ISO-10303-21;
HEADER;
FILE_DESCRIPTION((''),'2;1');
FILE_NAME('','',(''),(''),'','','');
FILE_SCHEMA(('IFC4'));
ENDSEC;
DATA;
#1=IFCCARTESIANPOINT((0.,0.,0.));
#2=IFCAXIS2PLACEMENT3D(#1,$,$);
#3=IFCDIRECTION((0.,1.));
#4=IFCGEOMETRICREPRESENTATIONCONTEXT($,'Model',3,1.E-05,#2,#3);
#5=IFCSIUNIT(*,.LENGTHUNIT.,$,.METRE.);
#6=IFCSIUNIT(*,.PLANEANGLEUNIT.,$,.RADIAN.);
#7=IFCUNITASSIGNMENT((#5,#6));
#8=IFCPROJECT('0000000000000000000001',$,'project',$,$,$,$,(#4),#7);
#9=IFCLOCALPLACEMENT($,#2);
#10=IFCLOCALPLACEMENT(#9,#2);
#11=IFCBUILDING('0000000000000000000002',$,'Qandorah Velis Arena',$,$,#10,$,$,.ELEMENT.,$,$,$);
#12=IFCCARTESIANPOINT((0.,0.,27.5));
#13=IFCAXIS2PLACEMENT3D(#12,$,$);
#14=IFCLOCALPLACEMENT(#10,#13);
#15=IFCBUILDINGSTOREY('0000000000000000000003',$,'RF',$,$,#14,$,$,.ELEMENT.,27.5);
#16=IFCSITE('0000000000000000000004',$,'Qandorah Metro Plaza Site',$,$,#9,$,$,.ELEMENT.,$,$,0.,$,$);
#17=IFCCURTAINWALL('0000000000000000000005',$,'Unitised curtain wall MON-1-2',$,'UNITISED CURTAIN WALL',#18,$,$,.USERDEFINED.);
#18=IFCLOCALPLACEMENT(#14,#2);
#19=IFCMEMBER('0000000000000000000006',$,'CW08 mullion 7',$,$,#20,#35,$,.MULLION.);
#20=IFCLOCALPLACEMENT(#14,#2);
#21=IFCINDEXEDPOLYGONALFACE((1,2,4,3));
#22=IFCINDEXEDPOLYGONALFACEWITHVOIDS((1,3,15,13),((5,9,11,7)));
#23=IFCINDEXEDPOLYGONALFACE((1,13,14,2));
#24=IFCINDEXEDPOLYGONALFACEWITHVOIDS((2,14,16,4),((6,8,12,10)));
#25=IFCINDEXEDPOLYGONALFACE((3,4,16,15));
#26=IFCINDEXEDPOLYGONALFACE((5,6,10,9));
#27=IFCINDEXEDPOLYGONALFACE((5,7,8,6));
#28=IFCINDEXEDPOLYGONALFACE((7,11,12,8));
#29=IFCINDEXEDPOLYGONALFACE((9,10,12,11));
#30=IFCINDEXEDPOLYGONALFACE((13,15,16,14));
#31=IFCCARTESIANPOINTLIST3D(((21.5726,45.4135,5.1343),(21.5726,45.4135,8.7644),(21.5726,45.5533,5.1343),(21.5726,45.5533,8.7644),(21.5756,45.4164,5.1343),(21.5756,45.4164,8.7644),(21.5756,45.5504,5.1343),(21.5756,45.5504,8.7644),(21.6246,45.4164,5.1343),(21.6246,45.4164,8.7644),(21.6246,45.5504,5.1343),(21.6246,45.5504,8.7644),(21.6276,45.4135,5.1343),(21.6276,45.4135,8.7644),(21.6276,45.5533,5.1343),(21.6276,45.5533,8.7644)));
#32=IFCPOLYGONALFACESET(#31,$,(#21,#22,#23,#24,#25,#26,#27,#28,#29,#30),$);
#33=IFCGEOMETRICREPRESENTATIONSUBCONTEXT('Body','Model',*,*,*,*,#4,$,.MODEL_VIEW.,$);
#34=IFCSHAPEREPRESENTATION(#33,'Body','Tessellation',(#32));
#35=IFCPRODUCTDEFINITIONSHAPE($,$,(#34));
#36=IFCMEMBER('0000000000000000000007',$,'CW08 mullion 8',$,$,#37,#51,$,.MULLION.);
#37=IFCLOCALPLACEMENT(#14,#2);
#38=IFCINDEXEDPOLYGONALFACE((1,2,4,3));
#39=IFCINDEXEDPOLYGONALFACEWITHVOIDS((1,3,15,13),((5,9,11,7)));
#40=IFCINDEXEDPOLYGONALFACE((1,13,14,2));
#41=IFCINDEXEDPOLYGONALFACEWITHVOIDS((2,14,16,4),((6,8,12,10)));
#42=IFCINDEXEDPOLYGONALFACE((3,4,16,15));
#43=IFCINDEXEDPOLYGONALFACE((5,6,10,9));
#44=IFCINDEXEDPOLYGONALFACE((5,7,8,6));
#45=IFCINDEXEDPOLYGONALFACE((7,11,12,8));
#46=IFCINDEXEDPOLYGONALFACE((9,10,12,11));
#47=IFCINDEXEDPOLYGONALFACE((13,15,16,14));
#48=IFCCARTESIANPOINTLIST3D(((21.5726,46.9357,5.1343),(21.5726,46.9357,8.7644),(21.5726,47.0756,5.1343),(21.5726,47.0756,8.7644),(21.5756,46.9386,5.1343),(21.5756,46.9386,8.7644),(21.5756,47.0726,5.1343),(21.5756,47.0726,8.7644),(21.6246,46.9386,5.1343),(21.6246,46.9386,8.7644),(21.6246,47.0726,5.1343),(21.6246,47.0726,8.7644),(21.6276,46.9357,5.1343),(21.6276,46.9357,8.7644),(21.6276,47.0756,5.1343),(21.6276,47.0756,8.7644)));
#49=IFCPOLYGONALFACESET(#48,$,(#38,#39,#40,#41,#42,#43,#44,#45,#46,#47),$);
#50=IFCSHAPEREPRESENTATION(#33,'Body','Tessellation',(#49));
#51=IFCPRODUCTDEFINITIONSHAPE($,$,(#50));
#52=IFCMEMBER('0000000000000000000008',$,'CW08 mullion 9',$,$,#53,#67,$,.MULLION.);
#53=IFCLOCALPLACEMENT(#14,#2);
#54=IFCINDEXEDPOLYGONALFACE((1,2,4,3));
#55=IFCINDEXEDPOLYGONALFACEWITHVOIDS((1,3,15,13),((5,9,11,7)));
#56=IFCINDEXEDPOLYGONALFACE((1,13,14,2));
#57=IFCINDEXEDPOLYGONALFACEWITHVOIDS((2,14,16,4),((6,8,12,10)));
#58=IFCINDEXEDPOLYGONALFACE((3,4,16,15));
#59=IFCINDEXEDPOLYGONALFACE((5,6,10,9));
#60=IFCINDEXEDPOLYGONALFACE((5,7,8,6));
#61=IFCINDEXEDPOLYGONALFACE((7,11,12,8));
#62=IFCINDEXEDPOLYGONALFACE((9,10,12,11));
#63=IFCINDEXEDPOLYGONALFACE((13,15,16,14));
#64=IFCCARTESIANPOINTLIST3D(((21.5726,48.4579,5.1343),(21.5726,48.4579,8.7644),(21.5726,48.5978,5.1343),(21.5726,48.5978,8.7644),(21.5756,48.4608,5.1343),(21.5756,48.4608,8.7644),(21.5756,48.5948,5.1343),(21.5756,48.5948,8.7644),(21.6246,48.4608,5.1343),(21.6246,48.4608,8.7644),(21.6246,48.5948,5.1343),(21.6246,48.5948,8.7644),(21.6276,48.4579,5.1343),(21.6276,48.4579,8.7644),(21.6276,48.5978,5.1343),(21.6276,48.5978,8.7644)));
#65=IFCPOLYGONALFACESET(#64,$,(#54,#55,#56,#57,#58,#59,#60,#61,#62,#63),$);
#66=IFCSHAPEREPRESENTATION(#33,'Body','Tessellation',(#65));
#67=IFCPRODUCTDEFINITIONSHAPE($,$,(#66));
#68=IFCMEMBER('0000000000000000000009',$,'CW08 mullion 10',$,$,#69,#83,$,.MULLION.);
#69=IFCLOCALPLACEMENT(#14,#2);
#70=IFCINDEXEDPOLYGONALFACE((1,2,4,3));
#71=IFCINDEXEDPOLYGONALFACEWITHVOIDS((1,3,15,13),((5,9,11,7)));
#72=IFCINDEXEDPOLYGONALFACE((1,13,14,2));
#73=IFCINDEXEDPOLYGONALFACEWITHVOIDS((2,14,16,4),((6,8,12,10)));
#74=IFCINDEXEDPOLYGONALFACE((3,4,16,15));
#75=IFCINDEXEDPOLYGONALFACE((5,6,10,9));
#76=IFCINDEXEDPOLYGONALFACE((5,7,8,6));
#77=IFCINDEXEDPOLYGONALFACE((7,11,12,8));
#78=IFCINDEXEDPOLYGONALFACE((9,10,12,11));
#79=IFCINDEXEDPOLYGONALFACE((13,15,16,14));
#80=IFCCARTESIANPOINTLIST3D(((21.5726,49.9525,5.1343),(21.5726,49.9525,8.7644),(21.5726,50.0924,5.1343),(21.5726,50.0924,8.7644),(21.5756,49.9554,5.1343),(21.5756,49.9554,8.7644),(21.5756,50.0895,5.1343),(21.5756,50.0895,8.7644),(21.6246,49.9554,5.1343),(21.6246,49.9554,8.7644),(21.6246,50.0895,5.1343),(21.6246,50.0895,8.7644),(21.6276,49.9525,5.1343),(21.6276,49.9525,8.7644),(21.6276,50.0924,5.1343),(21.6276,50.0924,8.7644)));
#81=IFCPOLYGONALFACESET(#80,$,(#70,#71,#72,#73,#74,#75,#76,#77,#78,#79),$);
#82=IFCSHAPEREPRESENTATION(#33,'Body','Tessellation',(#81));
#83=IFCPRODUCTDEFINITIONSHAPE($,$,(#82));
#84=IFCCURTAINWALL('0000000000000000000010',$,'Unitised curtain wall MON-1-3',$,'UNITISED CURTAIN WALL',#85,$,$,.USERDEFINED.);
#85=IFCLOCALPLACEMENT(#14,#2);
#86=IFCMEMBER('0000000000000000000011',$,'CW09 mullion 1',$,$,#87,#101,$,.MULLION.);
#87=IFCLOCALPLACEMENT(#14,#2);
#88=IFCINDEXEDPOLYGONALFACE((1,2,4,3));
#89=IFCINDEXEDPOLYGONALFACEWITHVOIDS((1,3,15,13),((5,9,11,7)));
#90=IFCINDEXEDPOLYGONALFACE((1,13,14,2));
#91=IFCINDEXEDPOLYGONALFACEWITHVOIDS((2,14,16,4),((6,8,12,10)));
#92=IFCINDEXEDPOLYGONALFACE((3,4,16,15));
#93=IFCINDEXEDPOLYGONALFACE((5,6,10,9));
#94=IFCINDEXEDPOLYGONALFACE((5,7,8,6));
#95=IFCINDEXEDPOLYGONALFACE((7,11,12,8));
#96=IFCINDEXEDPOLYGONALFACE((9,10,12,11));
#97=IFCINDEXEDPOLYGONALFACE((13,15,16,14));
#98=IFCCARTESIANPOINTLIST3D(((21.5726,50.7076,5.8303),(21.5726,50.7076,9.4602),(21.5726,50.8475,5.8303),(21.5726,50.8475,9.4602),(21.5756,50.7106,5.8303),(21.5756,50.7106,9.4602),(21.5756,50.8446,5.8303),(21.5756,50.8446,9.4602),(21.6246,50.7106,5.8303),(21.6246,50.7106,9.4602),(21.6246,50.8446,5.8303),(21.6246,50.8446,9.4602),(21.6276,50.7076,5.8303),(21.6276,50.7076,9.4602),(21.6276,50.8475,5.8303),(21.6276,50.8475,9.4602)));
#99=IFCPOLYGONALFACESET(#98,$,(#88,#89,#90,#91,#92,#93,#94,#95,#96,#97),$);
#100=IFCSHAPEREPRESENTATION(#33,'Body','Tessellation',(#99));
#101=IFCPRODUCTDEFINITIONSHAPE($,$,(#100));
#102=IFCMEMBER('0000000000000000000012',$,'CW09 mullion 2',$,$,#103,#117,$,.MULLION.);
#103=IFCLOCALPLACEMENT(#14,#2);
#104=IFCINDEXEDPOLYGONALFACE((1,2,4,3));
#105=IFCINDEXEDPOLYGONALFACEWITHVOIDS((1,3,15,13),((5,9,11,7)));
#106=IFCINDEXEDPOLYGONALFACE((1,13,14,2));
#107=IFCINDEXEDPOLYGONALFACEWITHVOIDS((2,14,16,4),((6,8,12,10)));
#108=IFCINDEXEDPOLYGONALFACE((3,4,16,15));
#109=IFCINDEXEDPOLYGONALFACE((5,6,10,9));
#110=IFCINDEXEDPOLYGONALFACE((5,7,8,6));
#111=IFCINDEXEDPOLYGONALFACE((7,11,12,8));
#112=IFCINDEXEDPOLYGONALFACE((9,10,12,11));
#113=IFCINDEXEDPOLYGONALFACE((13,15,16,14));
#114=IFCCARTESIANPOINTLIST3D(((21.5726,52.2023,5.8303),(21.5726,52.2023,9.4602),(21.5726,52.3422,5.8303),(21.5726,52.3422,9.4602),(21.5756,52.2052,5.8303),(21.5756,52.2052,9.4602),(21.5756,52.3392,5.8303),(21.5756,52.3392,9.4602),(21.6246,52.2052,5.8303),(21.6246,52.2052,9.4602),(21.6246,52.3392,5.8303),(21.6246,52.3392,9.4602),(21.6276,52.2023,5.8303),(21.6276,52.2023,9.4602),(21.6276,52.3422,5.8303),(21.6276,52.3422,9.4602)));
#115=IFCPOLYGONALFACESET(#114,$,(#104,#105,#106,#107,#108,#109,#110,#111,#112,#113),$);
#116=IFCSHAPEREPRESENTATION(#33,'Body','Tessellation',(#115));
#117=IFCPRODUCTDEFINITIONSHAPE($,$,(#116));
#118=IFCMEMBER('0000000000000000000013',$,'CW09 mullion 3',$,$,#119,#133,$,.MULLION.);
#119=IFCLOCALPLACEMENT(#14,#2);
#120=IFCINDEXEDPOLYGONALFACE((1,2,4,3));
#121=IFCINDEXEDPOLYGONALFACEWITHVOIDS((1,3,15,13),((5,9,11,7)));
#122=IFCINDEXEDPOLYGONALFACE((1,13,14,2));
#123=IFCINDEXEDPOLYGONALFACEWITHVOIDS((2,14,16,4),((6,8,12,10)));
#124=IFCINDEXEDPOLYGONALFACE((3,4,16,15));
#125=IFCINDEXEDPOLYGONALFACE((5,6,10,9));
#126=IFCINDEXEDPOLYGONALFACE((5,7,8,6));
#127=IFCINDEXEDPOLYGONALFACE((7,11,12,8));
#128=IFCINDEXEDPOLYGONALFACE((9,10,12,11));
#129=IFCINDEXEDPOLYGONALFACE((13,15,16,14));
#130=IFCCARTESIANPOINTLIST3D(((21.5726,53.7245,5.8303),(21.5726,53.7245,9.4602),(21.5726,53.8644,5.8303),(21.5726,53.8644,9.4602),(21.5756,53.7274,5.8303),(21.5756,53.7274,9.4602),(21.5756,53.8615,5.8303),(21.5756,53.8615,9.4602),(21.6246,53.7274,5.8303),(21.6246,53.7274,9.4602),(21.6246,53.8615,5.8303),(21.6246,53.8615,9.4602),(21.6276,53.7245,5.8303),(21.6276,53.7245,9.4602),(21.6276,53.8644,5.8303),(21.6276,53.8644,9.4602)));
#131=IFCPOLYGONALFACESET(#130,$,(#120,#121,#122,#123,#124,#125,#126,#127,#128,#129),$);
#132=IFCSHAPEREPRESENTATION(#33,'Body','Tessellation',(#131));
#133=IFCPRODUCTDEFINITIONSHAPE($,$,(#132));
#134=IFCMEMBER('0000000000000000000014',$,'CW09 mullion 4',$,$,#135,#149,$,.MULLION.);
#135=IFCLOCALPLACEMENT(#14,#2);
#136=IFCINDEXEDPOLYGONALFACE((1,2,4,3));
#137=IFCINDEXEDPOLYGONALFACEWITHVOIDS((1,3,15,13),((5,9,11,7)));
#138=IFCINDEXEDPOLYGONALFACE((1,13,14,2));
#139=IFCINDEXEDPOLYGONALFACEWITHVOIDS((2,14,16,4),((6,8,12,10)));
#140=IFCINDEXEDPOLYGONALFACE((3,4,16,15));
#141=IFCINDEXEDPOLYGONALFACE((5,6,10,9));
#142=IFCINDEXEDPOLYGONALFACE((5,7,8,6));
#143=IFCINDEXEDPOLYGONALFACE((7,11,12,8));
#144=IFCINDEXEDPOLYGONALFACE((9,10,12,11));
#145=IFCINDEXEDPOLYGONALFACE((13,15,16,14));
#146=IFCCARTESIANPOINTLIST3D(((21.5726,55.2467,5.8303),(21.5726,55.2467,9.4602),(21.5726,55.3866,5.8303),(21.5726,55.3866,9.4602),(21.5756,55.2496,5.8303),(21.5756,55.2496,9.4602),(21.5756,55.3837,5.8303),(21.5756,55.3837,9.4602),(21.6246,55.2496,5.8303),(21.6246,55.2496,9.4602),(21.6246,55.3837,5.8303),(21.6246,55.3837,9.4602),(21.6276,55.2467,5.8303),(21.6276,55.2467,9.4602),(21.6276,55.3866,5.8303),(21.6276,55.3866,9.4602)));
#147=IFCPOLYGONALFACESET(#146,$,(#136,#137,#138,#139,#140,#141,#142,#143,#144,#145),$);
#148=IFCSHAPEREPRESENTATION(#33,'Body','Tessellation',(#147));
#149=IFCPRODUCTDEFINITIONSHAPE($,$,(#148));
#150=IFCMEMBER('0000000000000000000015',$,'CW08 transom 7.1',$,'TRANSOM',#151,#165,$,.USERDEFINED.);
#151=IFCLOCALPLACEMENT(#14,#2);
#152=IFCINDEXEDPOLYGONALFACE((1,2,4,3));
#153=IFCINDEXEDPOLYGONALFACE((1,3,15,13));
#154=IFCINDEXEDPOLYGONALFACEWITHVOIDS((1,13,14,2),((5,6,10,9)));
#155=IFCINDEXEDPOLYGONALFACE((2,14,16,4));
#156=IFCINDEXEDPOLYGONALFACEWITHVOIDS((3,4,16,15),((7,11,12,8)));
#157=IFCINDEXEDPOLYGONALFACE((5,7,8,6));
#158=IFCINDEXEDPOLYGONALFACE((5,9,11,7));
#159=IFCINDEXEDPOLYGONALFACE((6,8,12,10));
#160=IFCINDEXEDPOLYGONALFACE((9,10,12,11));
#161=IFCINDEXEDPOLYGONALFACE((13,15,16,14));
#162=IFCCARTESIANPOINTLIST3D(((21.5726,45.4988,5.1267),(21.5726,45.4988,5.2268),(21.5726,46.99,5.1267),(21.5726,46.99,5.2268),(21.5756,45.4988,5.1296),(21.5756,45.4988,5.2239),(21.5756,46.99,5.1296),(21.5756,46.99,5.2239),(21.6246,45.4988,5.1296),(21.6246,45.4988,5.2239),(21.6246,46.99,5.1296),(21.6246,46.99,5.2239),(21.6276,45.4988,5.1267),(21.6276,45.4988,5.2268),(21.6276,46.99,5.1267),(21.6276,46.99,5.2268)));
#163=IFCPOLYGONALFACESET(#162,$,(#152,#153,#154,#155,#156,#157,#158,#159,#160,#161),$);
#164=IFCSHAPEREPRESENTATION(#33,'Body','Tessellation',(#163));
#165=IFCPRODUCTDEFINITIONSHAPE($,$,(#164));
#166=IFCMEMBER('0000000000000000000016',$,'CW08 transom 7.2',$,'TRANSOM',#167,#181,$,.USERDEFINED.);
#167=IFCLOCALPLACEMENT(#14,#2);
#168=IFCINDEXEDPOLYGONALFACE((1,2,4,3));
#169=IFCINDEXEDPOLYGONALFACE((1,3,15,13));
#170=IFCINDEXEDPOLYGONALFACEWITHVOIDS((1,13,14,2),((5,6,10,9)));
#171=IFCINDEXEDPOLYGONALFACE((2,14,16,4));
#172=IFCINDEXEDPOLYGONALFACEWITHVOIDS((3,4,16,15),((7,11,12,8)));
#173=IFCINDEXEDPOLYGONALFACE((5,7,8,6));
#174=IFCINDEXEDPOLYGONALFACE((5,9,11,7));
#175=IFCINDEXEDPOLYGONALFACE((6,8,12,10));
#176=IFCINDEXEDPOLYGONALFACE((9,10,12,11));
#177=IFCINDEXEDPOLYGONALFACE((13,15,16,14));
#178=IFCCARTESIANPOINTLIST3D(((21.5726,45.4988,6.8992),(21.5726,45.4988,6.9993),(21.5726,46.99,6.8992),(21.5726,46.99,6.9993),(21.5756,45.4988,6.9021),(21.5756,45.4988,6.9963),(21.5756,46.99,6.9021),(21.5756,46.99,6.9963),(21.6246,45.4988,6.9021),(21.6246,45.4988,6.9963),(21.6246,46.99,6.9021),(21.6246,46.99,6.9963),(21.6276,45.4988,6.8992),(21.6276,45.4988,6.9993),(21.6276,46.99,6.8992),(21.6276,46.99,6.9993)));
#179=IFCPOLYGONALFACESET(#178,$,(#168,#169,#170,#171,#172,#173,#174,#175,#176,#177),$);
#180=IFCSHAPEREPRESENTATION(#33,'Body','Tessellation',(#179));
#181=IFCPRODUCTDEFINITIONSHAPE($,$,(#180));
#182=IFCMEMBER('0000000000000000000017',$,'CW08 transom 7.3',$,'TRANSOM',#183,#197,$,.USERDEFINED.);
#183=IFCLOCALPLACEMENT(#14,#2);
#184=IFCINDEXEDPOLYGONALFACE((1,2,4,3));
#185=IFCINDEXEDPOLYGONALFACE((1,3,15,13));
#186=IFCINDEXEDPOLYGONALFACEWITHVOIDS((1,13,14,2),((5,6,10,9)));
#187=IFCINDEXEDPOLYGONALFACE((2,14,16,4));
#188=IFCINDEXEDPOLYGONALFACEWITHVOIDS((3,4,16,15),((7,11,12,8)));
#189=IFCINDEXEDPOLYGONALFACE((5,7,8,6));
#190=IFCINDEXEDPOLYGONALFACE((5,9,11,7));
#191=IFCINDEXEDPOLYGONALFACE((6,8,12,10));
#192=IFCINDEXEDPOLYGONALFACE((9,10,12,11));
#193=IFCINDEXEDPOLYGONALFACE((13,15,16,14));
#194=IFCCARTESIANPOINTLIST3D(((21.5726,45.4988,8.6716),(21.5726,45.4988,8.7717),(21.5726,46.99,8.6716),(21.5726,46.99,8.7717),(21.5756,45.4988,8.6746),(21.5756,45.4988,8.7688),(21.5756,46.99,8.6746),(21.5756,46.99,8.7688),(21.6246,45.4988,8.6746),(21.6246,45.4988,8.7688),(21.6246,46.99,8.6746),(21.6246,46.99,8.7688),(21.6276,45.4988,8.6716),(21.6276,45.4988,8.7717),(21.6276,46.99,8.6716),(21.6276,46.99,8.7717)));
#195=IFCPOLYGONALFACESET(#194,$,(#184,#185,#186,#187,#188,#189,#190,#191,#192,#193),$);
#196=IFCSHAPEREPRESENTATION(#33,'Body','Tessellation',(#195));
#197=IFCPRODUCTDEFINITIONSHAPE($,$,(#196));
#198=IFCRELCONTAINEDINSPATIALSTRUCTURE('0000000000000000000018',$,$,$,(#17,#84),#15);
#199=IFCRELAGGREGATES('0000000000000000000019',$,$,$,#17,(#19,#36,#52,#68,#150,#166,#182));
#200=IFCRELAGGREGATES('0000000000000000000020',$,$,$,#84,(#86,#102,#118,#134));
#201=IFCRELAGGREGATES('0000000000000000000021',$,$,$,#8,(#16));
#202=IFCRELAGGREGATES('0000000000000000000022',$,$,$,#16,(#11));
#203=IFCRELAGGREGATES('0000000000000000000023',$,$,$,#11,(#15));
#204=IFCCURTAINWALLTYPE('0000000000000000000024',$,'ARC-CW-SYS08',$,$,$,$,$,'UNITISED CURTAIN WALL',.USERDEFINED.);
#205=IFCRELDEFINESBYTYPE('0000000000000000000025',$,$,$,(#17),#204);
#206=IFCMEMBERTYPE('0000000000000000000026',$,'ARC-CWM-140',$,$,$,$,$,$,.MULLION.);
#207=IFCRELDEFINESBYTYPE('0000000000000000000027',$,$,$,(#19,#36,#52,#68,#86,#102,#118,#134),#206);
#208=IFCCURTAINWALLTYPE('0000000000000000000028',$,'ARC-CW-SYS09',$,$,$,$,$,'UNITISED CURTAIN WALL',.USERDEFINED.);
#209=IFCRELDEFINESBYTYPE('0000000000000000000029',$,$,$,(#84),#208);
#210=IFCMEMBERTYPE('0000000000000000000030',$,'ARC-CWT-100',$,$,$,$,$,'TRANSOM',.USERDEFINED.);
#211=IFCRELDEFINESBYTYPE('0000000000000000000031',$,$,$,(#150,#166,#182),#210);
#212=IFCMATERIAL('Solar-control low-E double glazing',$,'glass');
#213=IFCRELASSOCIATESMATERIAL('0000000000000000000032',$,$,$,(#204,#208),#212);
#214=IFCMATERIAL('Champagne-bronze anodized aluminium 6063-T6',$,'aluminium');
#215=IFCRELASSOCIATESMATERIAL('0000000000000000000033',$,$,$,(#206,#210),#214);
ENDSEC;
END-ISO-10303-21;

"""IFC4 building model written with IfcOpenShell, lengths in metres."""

from ifc_helpers import new_model, si_unit, direction, frame, origin, origin_2d, place, context, subcontext, project, spatial, hollow_rectangle, extrude, material, material_profile, profile_set, type_object, element, aggregate, save


model = new_model("IFC4")

# Units and contexts
model_context = context("Model", 3, precision=1e-05, world=origin(), true_north=direction((0.0, 1.0)))
body_context = subcontext(model_context, "Body", "Model", "MODEL_VIEW")
ifc_project = project(units=[si_unit("LENGTHUNIT", "METRE"), si_unit("PLANEANGLEUNIT", "RADIAN")], contexts=[model_context])

# Site, building, storey
site_placement = place(None, origin())
site = spatial("IfcSite", under=ifc_project, at=site_placement, Name="Qandorah Metro Plaza Site", CompositionType="ELEMENT", RefElevation=0.0)
building_placement = place(site_placement, origin())
building = spatial("IfcBuilding", under=site, at=building_placement, Name="Qandorah Velis Arena", CompositionType="ELEMENT")
storey_placement = place(building_placement, frame((0.0, 0.0, 27.5)))
storey = spatial("IfcBuildingStorey", under=building, at=storey_placement, Name="RF", CompositionType="ELEMENT", Elevation=27.5)

# Curtain walls, members
ifc_material_1 = material(Name="Solar-control low-E double glazing", Category="glass")
curtain_wall_type_1 = type_object("IfcCurtainWallType", Name="ARC-CW-SYS08", ElementType="UNITISED CURTAIN WALL", PredefinedType="USERDEFINED", material=ifc_material_1)
curtain_wall_1_placement = place(storey_placement, origin())
curtain_wall_1 = element("IfcCurtainWall", 1, at=curtain_wall_1_placement, inside=storey, type_object=curtain_wall_type_1, Name="Unitised curtain wall MON-1-2", ObjectType="UNITISED CURTAIN WALL", PredefinedType="USERDEFINED")
ifc_material_2 = material(Name="Champagne-bronze anodized aluminium 6063-T6", Category="aluminium")
ifc_material_profile_1 = material_profile(ifc_material_2, hollow_rectangle(XDim=0.0549, YDim=0.1399, WallThickness=0.0029, at=origin_2d()), Name="ALU MULLION 55x140")
ifc_profile_set_1 = profile_set([ifc_material_profile_1], Name="Champagne-bronze anodized aluminium 6063-T6")
member_type_1 = type_object("IfcMemberType", Name="ARC-CWM-140", PredefinedType="MULLION", material=ifc_profile_set_1)
member_1_placement = place(storey_placement, frame((21.6001, 45.4834, 5.1343), z_axis=(0.0, 0.0, 1.0), x_axis=(-1.0, 0.0, 0.0)))
member_1 = element("IfcMember", 2, at=member_1_placement, type_object=member_type_1, Name="CW08 mullion 7", PredefinedType="MULLION", context=body_context, shape_type="SweptSolid", body=[
    extrude(hollow_rectangle(XDim=0.0549, YDim=0.1399, WallThickness=0.0029, at=origin_2d()), origin(), (0.0, 0.0, 1.0), 3.6301),
])
member_2_placement = place(storey_placement, frame((21.6001, 47.0056, 5.1343), z_axis=(0.0, 0.0, 1.0), x_axis=(-1.0, 0.0, 0.0)))
member_2 = element("IfcMember", 3, at=member_2_placement, type_object=member_type_1, Name="CW08 mullion 8", PredefinedType="MULLION", context=body_context, shape_type="SweptSolid", body=[
    extrude(hollow_rectangle(XDim=0.0549, YDim=0.1399, WallThickness=0.0029, at=origin_2d()), origin(), (0.0, 0.0, 1.0), 3.6301),
])
member_3_placement = place(storey_placement, frame((21.6001, 48.5278, 5.1343), z_axis=(0.0, 0.0, 1.0), x_axis=(-1.0, 0.0, 0.0)))
member_3 = element("IfcMember", 4, at=member_3_placement, type_object=member_type_1, Name="CW08 mullion 9", PredefinedType="MULLION", context=body_context, shape_type="SweptSolid", body=[
    extrude(hollow_rectangle(XDim=0.0549, YDim=0.1399, WallThickness=0.0029, at=origin_2d()), origin(), (0.0, 0.0, 1.0), 3.6301),
])
member_4_placement = place(storey_placement, frame((21.6001, 50.0225, 5.1343), z_axis=(0.0, 0.0, 1.0), x_axis=(-1.0, 0.0, 0.0)))
member_4 = element("IfcMember", 5, at=member_4_placement, type_object=member_type_1, Name="CW08 mullion 10", PredefinedType="MULLION", context=body_context, shape_type="SweptSolid", body=[
    extrude(hollow_rectangle(XDim=0.0549, YDim=0.1399, WallThickness=0.0029, at=origin_2d()), origin(), (0.0, 0.0, 1.0), 3.6301),
])
curtain_wall_type_2 = type_object("IfcCurtainWallType", Name="ARC-CW-SYS09", ElementType="UNITISED CURTAIN WALL", PredefinedType="USERDEFINED", material=ifc_material_1)
curtain_wall_2_placement = place(storey_placement, origin())
curtain_wall_2 = element("IfcCurtainWall", 6, at=curtain_wall_2_placement, inside=storey, type_object=curtain_wall_type_2, Name="Unitised curtain wall MON-1-3", ObjectType="UNITISED CURTAIN WALL", PredefinedType="USERDEFINED")
member_5_placement = place(storey_placement, frame((21.6001, 50.7776, 5.8303), z_axis=(0.0, 0.0, 1.0), x_axis=(-1.0, 0.0, 0.0)))
member_5 = element("IfcMember", 7, at=member_5_placement, type_object=member_type_1, Name="CW09 mullion 1", PredefinedType="MULLION", context=body_context, shape_type="SweptSolid", body=[
    extrude(hollow_rectangle(XDim=0.0549, YDim=0.1399, WallThickness=0.0029, at=origin_2d()), origin(), (0.0, 0.0, 1.0), 3.6299),
])
member_6_placement = place(storey_placement, frame((21.6001, 52.2722, 5.8303), z_axis=(0.0, 0.0, 1.0), x_axis=(-1.0, 0.0, 0.0)))
member_6 = element("IfcMember", 8, at=member_6_placement, type_object=member_type_1, Name="CW09 mullion 2", PredefinedType="MULLION", context=body_context, shape_type="SweptSolid", body=[
    extrude(hollow_rectangle(XDim=0.0549, YDim=0.1399, WallThickness=0.0029, at=origin_2d()), origin(), (0.0, 0.0, 1.0), 3.6299),
])
member_7_placement = place(storey_placement, frame((21.6001, 53.7944, 5.8303), z_axis=(0.0, 0.0, 1.0), x_axis=(-1.0, 0.0, 0.0)))
member_7 = element("IfcMember", 9, at=member_7_placement, type_object=member_type_1, Name="CW09 mullion 3", PredefinedType="MULLION", context=body_context, shape_type="SweptSolid", body=[
    extrude(hollow_rectangle(XDim=0.0549, YDim=0.1399, WallThickness=0.0029, at=origin_2d()), origin(), (0.0, 0.0, 1.0), 3.6299),
])
member_8_placement = place(storey_placement, frame((21.6001, 55.3167, 5.8303), z_axis=(0.0, 0.0, 1.0), x_axis=(-1.0, 0.0, 0.0)))
member_8 = element("IfcMember", 10, at=member_8_placement, type_object=member_type_1, Name="CW09 mullion 4", PredefinedType="MULLION", context=body_context, shape_type="SweptSolid", body=[
    extrude(hollow_rectangle(XDim=0.0549, YDim=0.1399, WallThickness=0.0029, at=origin_2d()), origin(), (0.0, 0.0, 1.0), 3.6299),
])

# Members
ifc_material_profile_2 = material_profile(ifc_material_2, hollow_rectangle(XDim=0.0549, YDim=0.1001, WallThickness=0.0029, at=origin_2d()), Name="ALU TRANSOM 55x100")
ifc_profile_set_2 = profile_set([ifc_material_profile_2], Name="Champagne-bronze anodized aluminium 6063-T6")
member_type_2 = type_object("IfcMemberType", Name="ARC-CWT-100", ElementType="TRANSOM", PredefinedType="USERDEFINED", material=ifc_profile_set_2)
member_9_placement = place(storey_placement, frame((21.6001, 45.4988, 5.1768), z_axis=(0.0, 1.0, 0.0), x_axis=(-1.0, 0.0, 0.0)))
member_9 = element("IfcMember", 11, at=member_9_placement, type_object=member_type_2, Name="CW08 transom 7.1", ObjectType="TRANSOM", PredefinedType="USERDEFINED", context=body_context, shape_type="SweptSolid", body=[
    extrude(hollow_rectangle(XDim=0.0549, YDim=0.1001, WallThickness=0.0029, at=origin_2d()), origin(), (0.0, 0.0, 1.0), 1.4912),
])
member_10_placement = place(storey_placement, frame((21.6001, 45.4988, 6.9492), z_axis=(0.0, 1.0, 0.0), x_axis=(-1.0, 0.0, 0.0)))
member_10 = element("IfcMember", 12, at=member_10_placement, type_object=member_type_2, Name="CW08 transom 7.2", ObjectType="TRANSOM", PredefinedType="USERDEFINED", context=body_context, shape_type="SweptSolid", body=[
    extrude(hollow_rectangle(XDim=0.0549, YDim=0.1001, WallThickness=0.0029, at=origin_2d()), origin(), (0.0, 0.0, 1.0), 1.4912),
])
member_11_placement = place(storey_placement, frame((21.6001, 45.4988, 8.7217), z_axis=(0.0, 1.0, 0.0), x_axis=(-1.0, 0.0, 0.0)))
member_11 = element("IfcMember", 13, at=member_11_placement, type_object=member_type_2, Name="CW08 transom 7.3", ObjectType="TRANSOM", PredefinedType="USERDEFINED", context=body_context, shape_type="SweptSolid", body=[
    extrude(hollow_rectangle(XDim=0.0549, YDim=0.1001, WallThickness=0.0029, at=origin_2d()), origin(), (0.0, 0.0, 1.0), 1.4912),
])

aggregate(curtain_wall_1, [member_1, member_2, member_3, member_4, member_9, member_10, member_11])
aggregate(curtain_wall_2, [member_5, member_6, member_7, member_8])

save(model, "model.ifc")
